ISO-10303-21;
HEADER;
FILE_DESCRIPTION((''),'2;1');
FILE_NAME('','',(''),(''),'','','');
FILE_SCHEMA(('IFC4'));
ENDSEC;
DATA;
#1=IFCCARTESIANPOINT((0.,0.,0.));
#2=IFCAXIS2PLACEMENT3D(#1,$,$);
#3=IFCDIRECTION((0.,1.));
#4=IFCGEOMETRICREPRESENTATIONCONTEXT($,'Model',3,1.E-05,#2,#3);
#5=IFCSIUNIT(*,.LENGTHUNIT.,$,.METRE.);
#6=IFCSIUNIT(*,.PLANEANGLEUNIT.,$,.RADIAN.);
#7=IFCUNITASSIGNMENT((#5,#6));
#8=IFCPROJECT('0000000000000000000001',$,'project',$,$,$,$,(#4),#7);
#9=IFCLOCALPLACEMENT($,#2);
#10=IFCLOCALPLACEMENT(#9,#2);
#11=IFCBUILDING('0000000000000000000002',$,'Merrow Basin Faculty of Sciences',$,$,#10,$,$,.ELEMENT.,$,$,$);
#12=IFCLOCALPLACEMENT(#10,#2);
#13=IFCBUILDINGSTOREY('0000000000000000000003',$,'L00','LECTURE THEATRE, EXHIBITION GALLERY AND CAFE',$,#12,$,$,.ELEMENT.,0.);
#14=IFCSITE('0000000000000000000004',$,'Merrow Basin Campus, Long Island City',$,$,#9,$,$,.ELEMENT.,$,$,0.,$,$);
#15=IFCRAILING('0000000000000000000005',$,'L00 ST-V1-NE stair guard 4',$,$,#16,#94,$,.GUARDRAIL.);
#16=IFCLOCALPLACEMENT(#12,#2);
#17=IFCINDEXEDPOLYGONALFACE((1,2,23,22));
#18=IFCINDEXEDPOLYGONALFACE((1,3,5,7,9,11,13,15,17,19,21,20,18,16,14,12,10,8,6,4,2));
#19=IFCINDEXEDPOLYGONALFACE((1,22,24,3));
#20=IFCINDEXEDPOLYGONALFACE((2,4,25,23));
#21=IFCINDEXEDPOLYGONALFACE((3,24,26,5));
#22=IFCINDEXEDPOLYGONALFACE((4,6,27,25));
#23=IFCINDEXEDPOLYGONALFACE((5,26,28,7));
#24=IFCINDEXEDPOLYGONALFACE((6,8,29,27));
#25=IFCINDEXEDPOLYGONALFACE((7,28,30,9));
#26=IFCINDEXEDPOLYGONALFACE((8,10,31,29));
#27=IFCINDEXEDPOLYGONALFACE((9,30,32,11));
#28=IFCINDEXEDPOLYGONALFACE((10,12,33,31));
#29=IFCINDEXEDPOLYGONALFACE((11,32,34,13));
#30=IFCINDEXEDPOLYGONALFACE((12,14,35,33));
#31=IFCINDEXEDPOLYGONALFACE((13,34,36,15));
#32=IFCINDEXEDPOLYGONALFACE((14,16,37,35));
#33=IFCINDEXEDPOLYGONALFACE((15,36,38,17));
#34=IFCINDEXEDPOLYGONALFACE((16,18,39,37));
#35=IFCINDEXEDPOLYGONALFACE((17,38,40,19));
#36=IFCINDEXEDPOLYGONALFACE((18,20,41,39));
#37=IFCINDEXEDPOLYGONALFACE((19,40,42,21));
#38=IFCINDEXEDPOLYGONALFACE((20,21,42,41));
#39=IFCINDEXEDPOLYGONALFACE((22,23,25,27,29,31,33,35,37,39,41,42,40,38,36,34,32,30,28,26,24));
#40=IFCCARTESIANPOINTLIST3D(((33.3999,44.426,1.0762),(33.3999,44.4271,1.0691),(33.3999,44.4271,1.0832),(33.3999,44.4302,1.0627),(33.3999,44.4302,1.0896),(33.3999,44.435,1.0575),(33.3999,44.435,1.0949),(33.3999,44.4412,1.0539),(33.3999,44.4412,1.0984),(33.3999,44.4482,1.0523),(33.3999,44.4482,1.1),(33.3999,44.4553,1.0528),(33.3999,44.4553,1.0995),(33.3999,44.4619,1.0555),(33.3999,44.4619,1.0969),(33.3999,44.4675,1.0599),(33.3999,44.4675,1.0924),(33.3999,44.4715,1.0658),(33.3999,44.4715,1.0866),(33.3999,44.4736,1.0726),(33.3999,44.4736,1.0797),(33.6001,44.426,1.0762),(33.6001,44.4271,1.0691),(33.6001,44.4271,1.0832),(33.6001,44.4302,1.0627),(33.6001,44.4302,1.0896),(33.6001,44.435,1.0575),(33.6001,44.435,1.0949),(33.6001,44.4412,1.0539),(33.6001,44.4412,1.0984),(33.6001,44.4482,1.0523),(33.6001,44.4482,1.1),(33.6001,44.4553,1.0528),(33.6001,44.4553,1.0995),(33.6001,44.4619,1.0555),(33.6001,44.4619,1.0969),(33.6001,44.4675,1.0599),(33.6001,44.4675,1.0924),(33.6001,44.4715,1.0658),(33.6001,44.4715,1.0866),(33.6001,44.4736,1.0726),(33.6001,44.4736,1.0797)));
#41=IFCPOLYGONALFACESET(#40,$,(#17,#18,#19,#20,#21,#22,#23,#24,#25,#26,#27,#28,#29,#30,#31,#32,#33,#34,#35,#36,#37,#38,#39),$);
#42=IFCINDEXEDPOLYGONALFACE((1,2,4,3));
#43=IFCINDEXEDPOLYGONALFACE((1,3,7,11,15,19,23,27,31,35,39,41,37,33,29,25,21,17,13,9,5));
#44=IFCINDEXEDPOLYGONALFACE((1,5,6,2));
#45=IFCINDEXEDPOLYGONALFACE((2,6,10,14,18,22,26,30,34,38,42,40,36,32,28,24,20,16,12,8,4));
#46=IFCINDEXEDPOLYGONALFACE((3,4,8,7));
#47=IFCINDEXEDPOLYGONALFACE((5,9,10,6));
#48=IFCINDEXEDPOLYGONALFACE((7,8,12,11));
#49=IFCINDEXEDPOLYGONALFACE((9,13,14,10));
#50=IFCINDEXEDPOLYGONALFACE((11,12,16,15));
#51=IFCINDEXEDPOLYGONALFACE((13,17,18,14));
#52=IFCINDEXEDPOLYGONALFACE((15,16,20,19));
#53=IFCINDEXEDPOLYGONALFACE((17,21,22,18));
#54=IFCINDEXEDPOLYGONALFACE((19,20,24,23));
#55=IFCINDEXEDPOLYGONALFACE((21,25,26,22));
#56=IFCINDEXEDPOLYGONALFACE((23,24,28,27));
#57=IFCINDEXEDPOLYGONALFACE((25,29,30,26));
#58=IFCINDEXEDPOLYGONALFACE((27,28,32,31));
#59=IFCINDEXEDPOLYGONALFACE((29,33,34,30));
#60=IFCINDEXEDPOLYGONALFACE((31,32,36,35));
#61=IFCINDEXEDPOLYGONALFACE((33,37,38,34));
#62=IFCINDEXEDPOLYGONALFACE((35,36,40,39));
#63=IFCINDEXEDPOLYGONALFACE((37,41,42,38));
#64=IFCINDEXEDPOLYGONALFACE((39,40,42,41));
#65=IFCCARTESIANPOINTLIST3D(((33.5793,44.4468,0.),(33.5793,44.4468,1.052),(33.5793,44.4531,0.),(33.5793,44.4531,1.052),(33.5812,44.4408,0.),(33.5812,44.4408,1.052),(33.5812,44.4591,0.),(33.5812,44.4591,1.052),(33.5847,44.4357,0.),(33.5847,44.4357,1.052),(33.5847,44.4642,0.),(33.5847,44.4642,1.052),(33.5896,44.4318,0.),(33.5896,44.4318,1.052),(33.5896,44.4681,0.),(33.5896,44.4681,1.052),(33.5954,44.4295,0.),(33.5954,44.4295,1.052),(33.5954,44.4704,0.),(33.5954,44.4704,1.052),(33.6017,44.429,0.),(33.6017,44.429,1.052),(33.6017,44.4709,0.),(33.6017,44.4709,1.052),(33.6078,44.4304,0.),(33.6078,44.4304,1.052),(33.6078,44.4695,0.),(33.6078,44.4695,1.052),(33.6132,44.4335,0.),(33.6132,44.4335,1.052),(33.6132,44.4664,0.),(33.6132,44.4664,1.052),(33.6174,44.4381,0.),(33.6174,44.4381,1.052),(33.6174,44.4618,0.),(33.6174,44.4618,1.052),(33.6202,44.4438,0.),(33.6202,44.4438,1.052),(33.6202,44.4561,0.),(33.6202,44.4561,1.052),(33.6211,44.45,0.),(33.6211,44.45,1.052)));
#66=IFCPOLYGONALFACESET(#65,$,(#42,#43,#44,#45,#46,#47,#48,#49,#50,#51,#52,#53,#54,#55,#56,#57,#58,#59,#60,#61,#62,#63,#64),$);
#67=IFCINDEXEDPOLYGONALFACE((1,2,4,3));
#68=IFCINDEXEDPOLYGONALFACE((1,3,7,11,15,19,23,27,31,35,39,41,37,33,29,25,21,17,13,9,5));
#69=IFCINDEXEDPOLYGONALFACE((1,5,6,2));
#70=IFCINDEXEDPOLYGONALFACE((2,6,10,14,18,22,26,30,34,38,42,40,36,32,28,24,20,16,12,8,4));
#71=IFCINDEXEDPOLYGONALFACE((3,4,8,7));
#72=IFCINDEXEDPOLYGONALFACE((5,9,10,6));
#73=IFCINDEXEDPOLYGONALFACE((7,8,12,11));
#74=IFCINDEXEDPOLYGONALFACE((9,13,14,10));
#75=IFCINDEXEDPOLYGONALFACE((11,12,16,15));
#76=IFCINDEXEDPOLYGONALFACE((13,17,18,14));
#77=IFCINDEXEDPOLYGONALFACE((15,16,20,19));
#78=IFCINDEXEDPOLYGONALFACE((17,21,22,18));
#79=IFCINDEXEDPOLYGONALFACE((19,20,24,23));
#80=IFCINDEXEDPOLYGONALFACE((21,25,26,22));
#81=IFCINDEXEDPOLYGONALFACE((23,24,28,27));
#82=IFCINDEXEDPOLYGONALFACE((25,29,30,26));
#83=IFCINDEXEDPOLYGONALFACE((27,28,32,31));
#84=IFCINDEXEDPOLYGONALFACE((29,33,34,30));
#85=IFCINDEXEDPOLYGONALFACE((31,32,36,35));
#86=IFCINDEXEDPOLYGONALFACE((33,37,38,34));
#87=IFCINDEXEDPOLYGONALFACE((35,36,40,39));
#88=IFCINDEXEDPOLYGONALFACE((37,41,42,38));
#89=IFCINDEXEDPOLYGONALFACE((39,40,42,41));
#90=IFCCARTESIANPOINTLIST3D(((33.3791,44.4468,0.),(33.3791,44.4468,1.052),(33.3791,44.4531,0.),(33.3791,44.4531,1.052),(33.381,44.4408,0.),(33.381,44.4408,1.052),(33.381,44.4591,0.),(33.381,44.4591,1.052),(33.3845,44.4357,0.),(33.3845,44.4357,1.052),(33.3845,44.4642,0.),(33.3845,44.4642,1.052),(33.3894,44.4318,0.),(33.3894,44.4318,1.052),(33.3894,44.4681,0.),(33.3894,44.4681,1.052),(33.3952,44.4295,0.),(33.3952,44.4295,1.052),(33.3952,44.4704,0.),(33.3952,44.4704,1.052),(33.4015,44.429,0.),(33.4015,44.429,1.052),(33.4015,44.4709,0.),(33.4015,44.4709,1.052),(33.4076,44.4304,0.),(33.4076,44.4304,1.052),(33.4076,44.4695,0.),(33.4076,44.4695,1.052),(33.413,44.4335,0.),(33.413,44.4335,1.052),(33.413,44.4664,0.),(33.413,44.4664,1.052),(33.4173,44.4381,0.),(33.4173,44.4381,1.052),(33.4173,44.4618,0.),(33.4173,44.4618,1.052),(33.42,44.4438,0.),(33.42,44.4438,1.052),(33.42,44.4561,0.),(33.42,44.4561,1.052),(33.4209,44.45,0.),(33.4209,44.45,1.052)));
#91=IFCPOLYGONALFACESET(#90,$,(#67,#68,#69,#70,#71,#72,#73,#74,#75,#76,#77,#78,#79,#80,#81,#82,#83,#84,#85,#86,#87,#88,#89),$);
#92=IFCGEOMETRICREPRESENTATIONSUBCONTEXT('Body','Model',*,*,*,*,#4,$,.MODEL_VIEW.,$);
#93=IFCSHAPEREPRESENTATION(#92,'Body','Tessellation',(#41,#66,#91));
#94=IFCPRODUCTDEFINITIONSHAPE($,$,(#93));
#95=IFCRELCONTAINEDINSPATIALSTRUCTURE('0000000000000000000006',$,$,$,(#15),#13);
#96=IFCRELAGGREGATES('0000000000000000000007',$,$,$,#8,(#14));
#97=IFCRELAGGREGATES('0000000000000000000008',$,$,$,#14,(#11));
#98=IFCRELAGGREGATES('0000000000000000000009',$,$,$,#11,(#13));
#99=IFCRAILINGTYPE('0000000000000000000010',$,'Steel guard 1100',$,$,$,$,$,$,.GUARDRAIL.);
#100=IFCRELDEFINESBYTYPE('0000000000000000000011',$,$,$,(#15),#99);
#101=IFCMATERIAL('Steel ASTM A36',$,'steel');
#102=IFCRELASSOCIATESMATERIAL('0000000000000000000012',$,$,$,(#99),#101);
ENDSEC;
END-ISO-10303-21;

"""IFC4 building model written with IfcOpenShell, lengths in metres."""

from ifc_helpers import new_model, si_unit, direction, frame, origin, origin_2d, place, context, subcontext, project, spatial, circle, extrude, material, type_object, element, save


model = new_model("IFC4")

# Units and contexts
model_context = context("Model", 3, precision=1e-05, world=origin(), true_north=direction((0.0, 1.0)))
body_context = subcontext(model_context, "Body", "Model", "MODEL_VIEW")
ifc_project = project(units=[si_unit("LENGTHUNIT", "METRE"), si_unit("PLANEANGLEUNIT", "RADIAN")], contexts=[model_context])

# Site, building, storey
site_placement = place(None, origin())
site = spatial("IfcSite", under=ifc_project, at=site_placement, Name="Merrow Basin Campus, Long Island City", CompositionType="ELEMENT", RefElevation=0.0)
building_placement = place(site_placement, origin())
building = spatial("IfcBuilding", under=site, at=building_placement, Name="Merrow Basin Faculty of Sciences", CompositionType="ELEMENT")
storey_placement = place(building_placement, origin())
storey = spatial("IfcBuildingStorey", under=building, at=storey_placement, Name="L00", Description="LECTURE THEATRE, EXHIBITION GALLERY AND CAFE", CompositionType="ELEMENT", Elevation=0.0)

# Railing
ifc_material_1 = material(Name="Steel ASTM A36", Category="steel")
railing_type_1 = type_object("IfcRailingType", Name="Steel guard 1100", PredefinedType="GUARDRAIL", material=ifc_material_1)
railing_1_placement = place(storey_placement, frame((33.6001, 44.45, 0.0)))
element("IfcRailing", 1, at=railing_1_placement, inside=storey, type_object=railing_type_1, Name="L00 ST-V1-NE stair guard 4", PredefinedType="GUARDRAIL", context=body_context, shape_type="SweptSolid", body=[
    extrude(circle(Radius=0.0239, at=origin_2d()), frame((0.0, 0.0, 1.0762), z_axis=(-1.0, 0.0, 0.0), x_axis=(0.0, -1.0, 0.0)), (0.0, 0.0, 1.0), 0.2002),
    extrude(circle(Radius=0.021, at=origin_2d()), origin(), (0.0, 0.0, 1.0), 1.052),
    extrude(circle(Radius=0.021, at=origin_2d()), frame((-0.2002, 0.0, 0.0)), (0.0, 0.0, 1.0), 1.052),
])

save(model, "model.ifc")
